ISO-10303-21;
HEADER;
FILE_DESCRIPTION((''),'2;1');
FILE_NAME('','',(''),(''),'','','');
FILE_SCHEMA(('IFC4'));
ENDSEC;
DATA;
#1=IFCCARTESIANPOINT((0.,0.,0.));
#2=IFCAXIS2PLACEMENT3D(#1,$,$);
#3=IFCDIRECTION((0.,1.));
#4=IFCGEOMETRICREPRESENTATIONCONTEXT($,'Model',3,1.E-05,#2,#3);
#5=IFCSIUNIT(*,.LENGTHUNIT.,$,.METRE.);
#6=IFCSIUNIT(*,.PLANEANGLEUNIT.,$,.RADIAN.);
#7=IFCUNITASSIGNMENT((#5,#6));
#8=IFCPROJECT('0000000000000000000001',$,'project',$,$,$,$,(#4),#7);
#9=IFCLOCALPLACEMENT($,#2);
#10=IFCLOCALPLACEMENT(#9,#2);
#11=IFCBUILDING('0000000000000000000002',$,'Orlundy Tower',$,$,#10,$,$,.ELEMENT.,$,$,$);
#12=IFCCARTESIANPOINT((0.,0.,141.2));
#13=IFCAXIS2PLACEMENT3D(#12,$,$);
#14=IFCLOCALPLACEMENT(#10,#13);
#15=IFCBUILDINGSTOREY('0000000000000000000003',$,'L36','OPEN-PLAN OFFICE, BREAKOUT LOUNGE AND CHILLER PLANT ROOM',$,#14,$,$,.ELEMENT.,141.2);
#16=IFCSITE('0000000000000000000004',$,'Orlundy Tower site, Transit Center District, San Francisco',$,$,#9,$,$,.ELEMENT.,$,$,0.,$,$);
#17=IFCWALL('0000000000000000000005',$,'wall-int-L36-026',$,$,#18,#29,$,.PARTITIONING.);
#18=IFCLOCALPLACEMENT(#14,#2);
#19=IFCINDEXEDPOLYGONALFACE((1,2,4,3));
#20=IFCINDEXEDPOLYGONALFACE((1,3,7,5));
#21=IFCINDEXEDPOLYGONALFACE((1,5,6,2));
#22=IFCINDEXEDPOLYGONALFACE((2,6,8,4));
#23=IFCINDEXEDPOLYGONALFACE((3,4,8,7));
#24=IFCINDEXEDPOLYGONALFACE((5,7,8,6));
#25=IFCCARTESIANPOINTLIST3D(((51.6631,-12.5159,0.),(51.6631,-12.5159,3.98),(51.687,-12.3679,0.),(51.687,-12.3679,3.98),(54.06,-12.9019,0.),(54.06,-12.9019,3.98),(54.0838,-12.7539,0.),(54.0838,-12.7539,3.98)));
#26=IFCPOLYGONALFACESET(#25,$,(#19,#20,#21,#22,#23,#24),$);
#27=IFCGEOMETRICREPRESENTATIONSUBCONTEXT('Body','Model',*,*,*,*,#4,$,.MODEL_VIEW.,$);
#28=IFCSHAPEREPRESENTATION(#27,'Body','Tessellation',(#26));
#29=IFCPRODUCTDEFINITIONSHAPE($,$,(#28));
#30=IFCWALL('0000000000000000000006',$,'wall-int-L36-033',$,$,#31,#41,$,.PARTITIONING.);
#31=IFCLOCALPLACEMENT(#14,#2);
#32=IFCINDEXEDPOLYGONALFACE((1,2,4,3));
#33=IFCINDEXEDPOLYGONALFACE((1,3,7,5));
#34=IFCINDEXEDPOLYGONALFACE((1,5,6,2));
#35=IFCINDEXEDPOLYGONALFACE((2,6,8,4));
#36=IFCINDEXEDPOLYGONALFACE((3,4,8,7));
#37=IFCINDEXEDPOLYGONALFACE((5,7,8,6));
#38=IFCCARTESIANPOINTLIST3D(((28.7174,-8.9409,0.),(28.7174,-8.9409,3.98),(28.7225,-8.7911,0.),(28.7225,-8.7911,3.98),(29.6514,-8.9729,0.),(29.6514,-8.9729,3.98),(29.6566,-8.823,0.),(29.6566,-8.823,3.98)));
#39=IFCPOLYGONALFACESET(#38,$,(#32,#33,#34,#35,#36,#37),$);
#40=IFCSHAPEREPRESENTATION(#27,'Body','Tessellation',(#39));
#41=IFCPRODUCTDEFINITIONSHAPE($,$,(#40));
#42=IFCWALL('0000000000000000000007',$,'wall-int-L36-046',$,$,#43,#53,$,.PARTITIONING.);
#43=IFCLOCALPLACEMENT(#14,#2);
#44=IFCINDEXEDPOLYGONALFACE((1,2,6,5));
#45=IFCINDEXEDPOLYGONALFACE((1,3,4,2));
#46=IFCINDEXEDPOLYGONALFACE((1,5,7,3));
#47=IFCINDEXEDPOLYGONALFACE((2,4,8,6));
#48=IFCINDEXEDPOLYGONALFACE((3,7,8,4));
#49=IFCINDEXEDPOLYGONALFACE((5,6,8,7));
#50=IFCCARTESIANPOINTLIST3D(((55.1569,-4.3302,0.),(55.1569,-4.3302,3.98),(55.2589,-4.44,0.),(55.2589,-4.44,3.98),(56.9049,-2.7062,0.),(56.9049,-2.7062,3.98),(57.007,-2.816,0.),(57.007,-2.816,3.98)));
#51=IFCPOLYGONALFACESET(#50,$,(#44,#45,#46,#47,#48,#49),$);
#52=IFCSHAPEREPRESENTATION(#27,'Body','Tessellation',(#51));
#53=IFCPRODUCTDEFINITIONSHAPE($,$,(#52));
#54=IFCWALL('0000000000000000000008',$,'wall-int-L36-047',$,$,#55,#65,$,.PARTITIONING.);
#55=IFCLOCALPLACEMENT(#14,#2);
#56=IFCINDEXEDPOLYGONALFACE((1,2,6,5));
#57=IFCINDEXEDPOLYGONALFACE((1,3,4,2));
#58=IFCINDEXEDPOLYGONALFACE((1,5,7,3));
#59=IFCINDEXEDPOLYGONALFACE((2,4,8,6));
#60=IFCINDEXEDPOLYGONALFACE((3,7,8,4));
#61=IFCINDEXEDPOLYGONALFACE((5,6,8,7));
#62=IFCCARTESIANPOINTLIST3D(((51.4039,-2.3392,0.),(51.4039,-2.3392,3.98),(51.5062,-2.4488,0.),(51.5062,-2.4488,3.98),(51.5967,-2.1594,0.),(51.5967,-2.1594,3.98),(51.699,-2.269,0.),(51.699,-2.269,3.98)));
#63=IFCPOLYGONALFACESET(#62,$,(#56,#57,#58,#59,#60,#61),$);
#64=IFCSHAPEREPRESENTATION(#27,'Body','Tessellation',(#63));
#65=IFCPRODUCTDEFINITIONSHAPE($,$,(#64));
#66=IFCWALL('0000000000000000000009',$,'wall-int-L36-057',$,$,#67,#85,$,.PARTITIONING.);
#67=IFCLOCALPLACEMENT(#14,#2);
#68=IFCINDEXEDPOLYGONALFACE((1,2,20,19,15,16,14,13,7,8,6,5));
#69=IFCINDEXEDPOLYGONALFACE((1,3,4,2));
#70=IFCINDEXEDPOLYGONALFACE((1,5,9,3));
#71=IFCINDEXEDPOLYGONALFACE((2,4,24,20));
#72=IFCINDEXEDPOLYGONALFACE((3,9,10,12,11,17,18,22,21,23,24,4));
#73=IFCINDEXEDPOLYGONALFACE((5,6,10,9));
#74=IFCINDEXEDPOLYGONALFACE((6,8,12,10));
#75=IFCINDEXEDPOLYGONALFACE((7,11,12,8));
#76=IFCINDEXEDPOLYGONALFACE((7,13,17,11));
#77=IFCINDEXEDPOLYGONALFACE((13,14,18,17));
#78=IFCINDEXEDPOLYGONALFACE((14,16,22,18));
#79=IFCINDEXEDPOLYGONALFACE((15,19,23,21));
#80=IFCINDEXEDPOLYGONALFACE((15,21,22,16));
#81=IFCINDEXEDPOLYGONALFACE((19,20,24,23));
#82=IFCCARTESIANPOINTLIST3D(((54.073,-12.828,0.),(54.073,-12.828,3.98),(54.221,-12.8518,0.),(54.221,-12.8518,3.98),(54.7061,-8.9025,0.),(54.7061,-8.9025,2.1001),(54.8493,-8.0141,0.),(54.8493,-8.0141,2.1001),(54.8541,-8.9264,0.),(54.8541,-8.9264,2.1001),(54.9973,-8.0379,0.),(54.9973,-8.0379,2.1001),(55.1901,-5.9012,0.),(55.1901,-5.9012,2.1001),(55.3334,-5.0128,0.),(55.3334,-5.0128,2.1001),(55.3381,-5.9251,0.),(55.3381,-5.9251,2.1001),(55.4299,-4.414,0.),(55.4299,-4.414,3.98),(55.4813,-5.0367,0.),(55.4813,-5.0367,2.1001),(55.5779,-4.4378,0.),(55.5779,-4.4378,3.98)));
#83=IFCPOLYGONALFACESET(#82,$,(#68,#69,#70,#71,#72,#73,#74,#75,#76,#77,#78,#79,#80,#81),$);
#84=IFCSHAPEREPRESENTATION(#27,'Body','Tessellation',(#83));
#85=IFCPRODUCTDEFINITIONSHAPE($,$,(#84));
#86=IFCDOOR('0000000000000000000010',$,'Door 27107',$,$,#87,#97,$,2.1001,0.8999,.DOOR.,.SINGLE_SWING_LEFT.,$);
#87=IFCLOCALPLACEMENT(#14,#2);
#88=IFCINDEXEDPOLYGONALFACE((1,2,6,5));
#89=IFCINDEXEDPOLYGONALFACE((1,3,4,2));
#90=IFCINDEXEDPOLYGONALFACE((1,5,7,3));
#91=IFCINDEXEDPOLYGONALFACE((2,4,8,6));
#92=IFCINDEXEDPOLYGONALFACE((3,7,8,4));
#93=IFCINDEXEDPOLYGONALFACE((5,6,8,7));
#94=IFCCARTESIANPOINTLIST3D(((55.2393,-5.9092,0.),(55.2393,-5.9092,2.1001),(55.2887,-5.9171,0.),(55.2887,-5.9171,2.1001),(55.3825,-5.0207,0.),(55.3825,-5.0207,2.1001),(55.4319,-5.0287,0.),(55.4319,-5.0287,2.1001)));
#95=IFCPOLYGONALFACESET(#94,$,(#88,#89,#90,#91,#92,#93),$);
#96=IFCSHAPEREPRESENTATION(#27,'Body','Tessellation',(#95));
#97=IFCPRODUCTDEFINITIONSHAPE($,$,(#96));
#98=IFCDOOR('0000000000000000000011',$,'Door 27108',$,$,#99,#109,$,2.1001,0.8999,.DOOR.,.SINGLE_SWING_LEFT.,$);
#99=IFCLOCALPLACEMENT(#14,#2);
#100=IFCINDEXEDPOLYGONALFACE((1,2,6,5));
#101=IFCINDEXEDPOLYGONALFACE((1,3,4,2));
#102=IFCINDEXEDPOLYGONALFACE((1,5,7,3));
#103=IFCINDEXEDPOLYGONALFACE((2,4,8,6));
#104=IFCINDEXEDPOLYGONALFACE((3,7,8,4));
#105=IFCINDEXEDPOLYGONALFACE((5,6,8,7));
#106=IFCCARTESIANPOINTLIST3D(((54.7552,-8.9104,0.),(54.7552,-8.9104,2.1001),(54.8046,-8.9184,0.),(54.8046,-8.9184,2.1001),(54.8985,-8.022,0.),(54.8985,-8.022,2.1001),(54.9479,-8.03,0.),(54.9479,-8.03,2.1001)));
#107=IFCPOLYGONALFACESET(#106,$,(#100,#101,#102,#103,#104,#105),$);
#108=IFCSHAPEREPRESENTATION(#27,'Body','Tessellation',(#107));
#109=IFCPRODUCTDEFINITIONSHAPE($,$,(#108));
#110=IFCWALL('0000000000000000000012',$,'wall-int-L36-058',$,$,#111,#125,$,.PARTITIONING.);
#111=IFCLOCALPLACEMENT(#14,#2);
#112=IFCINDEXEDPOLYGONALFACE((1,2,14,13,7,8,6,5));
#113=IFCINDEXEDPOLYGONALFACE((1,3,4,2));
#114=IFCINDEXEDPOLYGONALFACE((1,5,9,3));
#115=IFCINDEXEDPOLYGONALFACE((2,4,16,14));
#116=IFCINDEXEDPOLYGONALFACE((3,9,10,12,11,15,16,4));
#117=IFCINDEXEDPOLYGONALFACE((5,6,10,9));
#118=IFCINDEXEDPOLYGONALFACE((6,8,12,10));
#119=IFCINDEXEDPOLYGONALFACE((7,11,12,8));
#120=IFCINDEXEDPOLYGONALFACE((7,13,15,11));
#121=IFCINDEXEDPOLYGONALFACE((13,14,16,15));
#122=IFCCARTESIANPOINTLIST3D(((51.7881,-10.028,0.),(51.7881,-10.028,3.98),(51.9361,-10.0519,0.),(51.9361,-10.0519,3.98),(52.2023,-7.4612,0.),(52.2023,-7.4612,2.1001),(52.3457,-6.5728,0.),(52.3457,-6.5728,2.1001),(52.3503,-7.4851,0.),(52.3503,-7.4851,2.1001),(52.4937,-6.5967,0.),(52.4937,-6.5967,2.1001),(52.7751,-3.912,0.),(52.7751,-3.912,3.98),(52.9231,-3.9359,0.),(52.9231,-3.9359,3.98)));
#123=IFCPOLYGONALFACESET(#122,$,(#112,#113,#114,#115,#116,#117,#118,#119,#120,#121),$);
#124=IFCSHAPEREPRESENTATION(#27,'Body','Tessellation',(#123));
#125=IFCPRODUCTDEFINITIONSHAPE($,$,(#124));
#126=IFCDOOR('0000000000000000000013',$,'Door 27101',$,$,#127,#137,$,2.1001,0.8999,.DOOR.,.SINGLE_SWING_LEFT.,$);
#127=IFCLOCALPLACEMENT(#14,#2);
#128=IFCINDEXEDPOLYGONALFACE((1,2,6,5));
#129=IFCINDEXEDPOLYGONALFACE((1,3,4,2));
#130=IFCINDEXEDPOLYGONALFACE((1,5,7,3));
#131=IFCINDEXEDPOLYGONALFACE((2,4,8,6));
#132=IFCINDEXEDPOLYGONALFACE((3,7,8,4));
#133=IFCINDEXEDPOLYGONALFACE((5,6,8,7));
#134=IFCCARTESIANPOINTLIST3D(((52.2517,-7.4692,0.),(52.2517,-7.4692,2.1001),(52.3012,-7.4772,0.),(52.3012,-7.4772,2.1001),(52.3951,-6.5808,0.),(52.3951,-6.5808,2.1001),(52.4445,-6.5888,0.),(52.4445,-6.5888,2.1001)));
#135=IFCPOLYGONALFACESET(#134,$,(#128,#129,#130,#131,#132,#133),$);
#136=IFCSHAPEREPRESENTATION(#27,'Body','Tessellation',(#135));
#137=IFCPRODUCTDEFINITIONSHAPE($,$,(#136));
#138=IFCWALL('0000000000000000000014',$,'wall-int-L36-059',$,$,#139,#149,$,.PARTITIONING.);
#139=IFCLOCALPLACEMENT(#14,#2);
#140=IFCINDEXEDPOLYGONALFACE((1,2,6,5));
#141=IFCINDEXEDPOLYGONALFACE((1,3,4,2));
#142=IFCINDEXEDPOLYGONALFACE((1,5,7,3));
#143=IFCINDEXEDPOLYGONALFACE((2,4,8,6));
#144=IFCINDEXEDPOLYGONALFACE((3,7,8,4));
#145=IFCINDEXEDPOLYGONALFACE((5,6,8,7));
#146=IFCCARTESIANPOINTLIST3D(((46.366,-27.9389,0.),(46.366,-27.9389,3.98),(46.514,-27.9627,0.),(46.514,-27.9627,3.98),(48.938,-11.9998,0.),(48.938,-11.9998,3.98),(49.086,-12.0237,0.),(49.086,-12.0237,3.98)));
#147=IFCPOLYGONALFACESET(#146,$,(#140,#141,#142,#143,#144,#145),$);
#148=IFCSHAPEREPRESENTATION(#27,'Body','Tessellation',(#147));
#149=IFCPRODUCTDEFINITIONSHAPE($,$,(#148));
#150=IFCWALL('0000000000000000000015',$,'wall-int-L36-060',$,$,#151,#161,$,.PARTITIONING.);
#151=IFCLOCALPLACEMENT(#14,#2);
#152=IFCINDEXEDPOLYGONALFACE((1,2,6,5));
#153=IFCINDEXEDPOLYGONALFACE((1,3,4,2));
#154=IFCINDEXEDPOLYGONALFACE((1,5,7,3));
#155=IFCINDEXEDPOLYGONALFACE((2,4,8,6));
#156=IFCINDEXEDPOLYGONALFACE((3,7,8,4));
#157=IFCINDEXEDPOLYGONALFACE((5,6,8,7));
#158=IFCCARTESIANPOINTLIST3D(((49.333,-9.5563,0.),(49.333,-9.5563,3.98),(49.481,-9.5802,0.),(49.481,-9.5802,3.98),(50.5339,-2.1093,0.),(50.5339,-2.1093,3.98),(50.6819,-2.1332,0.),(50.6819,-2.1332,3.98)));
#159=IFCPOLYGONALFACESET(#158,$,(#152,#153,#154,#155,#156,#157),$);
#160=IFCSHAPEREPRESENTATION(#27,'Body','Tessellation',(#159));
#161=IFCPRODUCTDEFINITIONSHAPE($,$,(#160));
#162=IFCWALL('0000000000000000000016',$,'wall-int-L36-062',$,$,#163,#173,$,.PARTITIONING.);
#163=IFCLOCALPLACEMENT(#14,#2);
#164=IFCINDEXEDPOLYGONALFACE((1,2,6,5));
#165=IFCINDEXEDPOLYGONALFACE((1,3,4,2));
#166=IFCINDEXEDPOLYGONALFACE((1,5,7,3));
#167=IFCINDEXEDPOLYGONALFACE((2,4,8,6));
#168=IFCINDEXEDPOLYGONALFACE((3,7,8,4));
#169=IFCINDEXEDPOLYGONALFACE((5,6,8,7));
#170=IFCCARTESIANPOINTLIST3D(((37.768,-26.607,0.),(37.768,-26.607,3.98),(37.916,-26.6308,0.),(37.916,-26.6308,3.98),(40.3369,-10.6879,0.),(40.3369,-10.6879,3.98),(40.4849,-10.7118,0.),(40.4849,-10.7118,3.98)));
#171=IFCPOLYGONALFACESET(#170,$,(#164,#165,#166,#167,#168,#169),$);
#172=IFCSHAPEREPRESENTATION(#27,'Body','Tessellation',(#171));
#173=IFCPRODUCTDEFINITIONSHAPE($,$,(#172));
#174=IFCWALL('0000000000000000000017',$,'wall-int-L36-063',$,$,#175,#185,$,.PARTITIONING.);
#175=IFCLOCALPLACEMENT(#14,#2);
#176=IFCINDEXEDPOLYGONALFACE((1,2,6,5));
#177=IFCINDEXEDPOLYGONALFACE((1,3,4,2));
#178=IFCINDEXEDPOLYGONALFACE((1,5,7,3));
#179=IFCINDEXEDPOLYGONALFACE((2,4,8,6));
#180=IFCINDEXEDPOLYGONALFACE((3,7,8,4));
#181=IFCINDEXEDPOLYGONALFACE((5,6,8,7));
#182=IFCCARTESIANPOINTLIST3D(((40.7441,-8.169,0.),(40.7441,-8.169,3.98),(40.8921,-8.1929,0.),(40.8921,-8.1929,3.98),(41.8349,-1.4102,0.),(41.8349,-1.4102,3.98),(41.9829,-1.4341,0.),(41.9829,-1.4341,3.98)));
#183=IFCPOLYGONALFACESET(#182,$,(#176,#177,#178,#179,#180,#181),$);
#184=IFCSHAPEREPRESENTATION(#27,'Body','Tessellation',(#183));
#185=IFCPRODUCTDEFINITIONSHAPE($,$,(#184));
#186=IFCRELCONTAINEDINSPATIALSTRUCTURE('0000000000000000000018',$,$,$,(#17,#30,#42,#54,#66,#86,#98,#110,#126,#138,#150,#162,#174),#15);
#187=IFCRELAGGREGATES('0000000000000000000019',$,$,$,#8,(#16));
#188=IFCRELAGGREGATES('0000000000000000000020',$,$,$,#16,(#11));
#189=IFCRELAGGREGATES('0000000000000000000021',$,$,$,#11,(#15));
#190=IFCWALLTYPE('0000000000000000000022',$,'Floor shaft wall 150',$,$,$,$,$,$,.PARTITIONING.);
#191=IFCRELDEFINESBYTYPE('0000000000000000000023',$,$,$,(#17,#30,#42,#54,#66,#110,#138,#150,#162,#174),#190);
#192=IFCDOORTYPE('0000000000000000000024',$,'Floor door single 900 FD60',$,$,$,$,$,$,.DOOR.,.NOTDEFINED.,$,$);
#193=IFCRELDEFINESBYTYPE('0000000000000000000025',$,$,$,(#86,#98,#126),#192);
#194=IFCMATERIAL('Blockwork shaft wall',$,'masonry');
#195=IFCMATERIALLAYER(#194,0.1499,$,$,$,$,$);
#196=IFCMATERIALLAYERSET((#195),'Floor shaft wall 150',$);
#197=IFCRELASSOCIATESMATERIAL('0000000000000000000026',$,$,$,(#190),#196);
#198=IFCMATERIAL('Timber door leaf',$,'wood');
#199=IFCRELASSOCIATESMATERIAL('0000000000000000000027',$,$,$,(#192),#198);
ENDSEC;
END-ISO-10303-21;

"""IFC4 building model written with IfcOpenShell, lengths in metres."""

from ifc_helpers import new_model, si_unit, direction, frame, frame_2d, origin, place, context, subcontext, project, spatial, rectangle, extrude, material, layer, layer_set, type_object, element, fill, save


model = new_model("IFC4")

# Units and contexts
model_context = context("Model", 3, precision=1e-05, world=origin(), true_north=direction((0.0, 1.0)))
body_context = subcontext(model_context, "Body", "Model", "MODEL_VIEW")
ifc_project = project(units=[si_unit("LENGTHUNIT", "METRE"), si_unit("PLANEANGLEUNIT", "RADIAN")], contexts=[model_context])

# Site, building, storey
site_placement = place(None, origin())
site = spatial("IfcSite", under=ifc_project, at=site_placement, Name="Orlundy Tower site, Transit Center District, San Francisco", CompositionType="ELEMENT", RefElevation=0.0)
building_placement = place(site_placement, origin())
building = spatial("IfcBuilding", under=site, at=building_placement, Name="Orlundy Tower", CompositionType="ELEMENT")
storey_placement = place(building_placement, frame((0.0, 0.0, 141.2)))
storey = spatial("IfcBuildingStorey", under=building, at=storey_placement, Name="L36", Description="OPEN-PLAN OFFICE, BREAKOUT LOUNGE AND CHILLER PLANT ROOM", CompositionType="ELEMENT", Elevation=141.2)

# Shared definitions
ifc_material_1 = material(Name="Blockwork shaft wall", Category="masonry")
ifc_layer = layer(ifc_material_1, 0.1499)
ifc_layer_set = layer_set([ifc_layer], Name="Floor shaft wall 150")
wall_type = type_object("IfcWallType", Name="Floor shaft wall 150", PredefinedType="PARTITIONING", material=ifc_layer_set)

# Shared definitions
ifc_material_2 = material(Name="Timber door leaf", Category="wood")
door_type = type_object("IfcDoorType", Name="Floor door single 900 FD60", OperationType="NOTDEFINED", PredefinedType="DOOR", material=ifc_material_2)

# Walls
wall_1_placement = place(storey_placement, frame((51.675, -12.4419, 0.0), z_axis=(0.0, 0.0, 1.0), x_axis=(0.987281, -0.158983, 0.0)))
element("IfcWall", 1, at=wall_1_placement, inside=storey, type_object=wall_type, Name="wall-int-L36-026", PredefinedType="PARTITIONING", context=body_context, shape_type="SweptSolid", body=[
    extrude(rectangle(XDim=2.4277, YDim=0.1499, at=frame_2d((1.2139, 0.0))), origin(), (0.0, 0.0, 1.0), 3.98),
])
wall_2_placement = place(storey_placement, frame((28.72, -8.866, 0.0), z_axis=(0.0, 0.0, 1.0), x_axis=(0.999414, -0.034219, 0.0)))
element("IfcWall", 2, at=wall_2_placement, inside=storey, type_object=wall_type, Name="wall-int-L36-033", PredefinedType="PARTITIONING", context=body_context, shape_type="SweptSolid", body=[
    extrude(rectangle(XDim=0.9346, YDim=0.1499, at=frame_2d((0.4673, 0.0))), origin(), (0.0, 0.0, 1.0), 3.98),
])
wall_3_placement = place(storey_placement, frame((55.208, -4.385, 0.0), z_axis=(0.0, 0.0, 1.0), x_axis=(0.732619, 0.680639, 0.0)))
element("IfcWall", 3, at=wall_3_placement, inside=storey, type_object=wall_type, Name="wall-int-L36-046", PredefinedType="PARTITIONING", context=body_context, shape_type="SweptSolid", body=[
    extrude(rectangle(XDim=2.386, YDim=0.1499, at=frame_2d((1.1929, 0.0))), origin(), (0.0, 0.0, 1.0), 3.98),
])
wall_4_placement = place(storey_placement, frame((51.4551, -2.394, 0.0), z_axis=(0.0, 0.0, 1.0), x_axis=(0.731209, 0.682153, 0.0)))
element("IfcWall", 4, at=wall_4_placement, inside=storey, type_object=wall_type, Name="wall-int-L36-047", PredefinedType="PARTITIONING", context=body_context, shape_type="SweptSolid", body=[
    extrude(rectangle(XDim=0.2637, YDim=0.1499, at=frame_2d((0.1318, 0.0))), origin(), (0.0, 0.0, 1.0), 3.98),
])

# Wall, openings, doors
wall_5_placement = place(storey_placement, frame((55.5039, -4.426, 0.0), z_axis=(0.0, 0.0, 1.0), x_axis=(-0.159213, -0.987244, 0.0)))
wall_5 = element("IfcWall", 5, at=wall_5_placement, inside=storey, type_object=wall_type, Name="wall-int-L36-057", PredefinedType="PARTITIONING", context=body_context, shape_type="SweptSolid", body=[
    extrude(rectangle(XDim=8.5227, YDim=0.1499, at=frame_2d((4.2612, 0.0))), origin(), (0.0, 0.0, 1.0), 3.98),
])
opening_1_placement = place(wall_5_placement, frame((0.6064, 0.0, 0.0)))
opening_1 = element("IfcOpeningElement", 6, at=opening_1_placement, cuts=wall_5, PredefinedType="OPENING", context=body_context, shape_type="SweptSolid", body=[
    extrude(rectangle(XDim=0.8999, YDim=2.1001, at=frame_2d((0.45, 1.05))), frame((0.0, 0.085, 0.0), z_axis=(0.0, -1.0, 0.0), x_axis=(1.0, 0.0, 0.0)), (0.0, 0.0, 1.0), 0.1699),
])
opening_2_placement = place(wall_5_placement, frame((3.6465, 0.0, 0.0)))
opening_2 = element("IfcOpeningElement", 7, at=opening_2_placement, cuts=wall_5, PredefinedType="OPENING", context=body_context, shape_type="SweptSolid", body=[
    extrude(rectangle(XDim=0.8999, YDim=2.1001, at=frame_2d((0.45, 1.05))), frame((0.0, 0.085, 0.0), z_axis=(0.0, -1.0, 0.0), x_axis=(1.0, 0.0, 0.0)), (0.0, 0.0, 1.0), 0.1699),
])
door_1_placement = place(opening_1_placement, origin())
door_1 = element("IfcDoor", 8, at=door_1_placement, inside=storey, type_object=door_type, Name="Door 27107", OperationType="SINGLE_SWING_LEFT", OverallHeight=2.1001, OverallWidth=0.8999, PredefinedType="DOOR", context=body_context, shape_type="SweptSolid", body=[
    extrude(rectangle(XDim=0.8999, YDim=2.1001, at=frame_2d((0.45, 1.05))), frame((0.0, 0.0249, 0.0), z_axis=(0.0, -1.0, 0.0), x_axis=(1.0, 0.0, 0.0)), (0.0, 0.0, 1.0), 0.05),
])
fill(opening_1, door_1)
door_2_placement = place(opening_2_placement, origin())
door_2 = element("IfcDoor", 9, at=door_2_placement, inside=storey, type_object=door_type, Name="Door 27108", OperationType="SINGLE_SWING_LEFT", OverallHeight=2.1001, OverallWidth=0.8999, PredefinedType="DOOR", context=body_context, shape_type="SweptSolid", body=[
    extrude(rectangle(XDim=0.8999, YDim=2.1001, at=frame_2d((0.45, 1.05))), frame((0.0, 0.0249, 0.0), z_axis=(0.0, -1.0, 0.0), x_axis=(1.0, 0.0, 0.0)), (0.0, 0.0, 1.0), 0.05),
])
fill(opening_2, door_2)

# Wall, opening, door
wall_6_placement = place(storey_placement, frame((51.8621, -10.04, 0.0), z_axis=(0.0, 0.0, 1.0), x_axis=(0.159329, 0.987226, 0.0)))
wall_6 = element("IfcWall", 10, at=wall_6_placement, inside=storey, type_object=wall_type, Name="wall-int-L36-058", PredefinedType="PARTITIONING", context=body_context, shape_type="SweptSolid", body=[
    extrude(rectangle(XDim=6.1951, YDim=0.1499, at=frame_2d((3.0977, 0.0))), origin(), (0.0, 0.0, 1.0), 3.98),
])
opening_3_placement = place(wall_6_placement, frame((2.6001, 0.0, 0.0)))
opening_3 = element("IfcOpeningElement", 11, at=opening_3_placement, cuts=wall_6, PredefinedType="OPENING", context=body_context, shape_type="SweptSolid", body=[
    extrude(rectangle(XDim=0.8999, YDim=2.1001, at=frame_2d((0.45, 1.05))), frame((0.0, 0.085, 0.0), z_axis=(0.0, -1.0, 0.0), x_axis=(1.0, 0.0, 0.0)), (0.0, 0.0, 1.0), 0.1699),
])
door_3_placement = place(opening_3_placement, origin())
door_3 = element("IfcDoor", 12, at=door_3_placement, inside=storey, type_object=door_type, Name="Door 27101", OperationType="SINGLE_SWING_LEFT", OverallHeight=2.1001, OverallWidth=0.8999, PredefinedType="DOOR", context=body_context, shape_type="SweptSolid", body=[
    extrude(rectangle(XDim=0.8999, YDim=2.1001, at=frame_2d((0.45, 1.05))), frame((0.0, 0.0249, 0.0), z_axis=(0.0, -1.0, 0.0), x_axis=(1.0, 0.0, 0.0)), (0.0, 0.0, 1.0), 0.05),
])
fill(opening_3, door_3)

# Walls
wall_7_placement = place(storey_placement, frame((46.4399, -27.9509, 0.0), z_axis=(0.0, 0.0, 1.0), x_axis=(0.159306, 0.987229, 0.0)))
element("IfcWall", 13, at=wall_7_placement, inside=storey, type_object=wall_type, Name="wall-int-L36-059", PredefinedType="PARTITIONING", context=body_context, shape_type="SweptSolid", body=[
    extrude(rectangle(XDim=16.1453, YDim=0.1499, at=frame_2d((8.0728, 0.0))), origin(), (0.0, 0.0, 1.0), 3.98),
])
wall_8_placement = place(storey_placement, frame((49.407, -9.5681, 0.0), z_axis=(0.0, 0.0, 1.0), x_axis=(0.159206, 0.987245, 0.0)))
element("IfcWall", 14, at=wall_8_placement, inside=storey, type_object=wall_type, Name="wall-int-L36-060", PredefinedType="PARTITIONING", context=body_context, shape_type="SweptSolid", body=[
    extrude(rectangle(XDim=7.5432, YDim=0.1499, at=frame_2d((3.7715, 0.0))), origin(), (0.0, 0.0, 1.0), 3.98),
])
wall_9_placement = place(storey_placement, frame((37.842, -26.6189, 0.0), z_axis=(0.0, 0.0, 1.0), x_axis=(0.15931, 0.987229, 0.0)))
element("IfcWall", 15, at=wall_9_placement, inside=storey, type_object=wall_type, Name="wall-int-L36-062", PredefinedType="PARTITIONING", context=body_context, shape_type="SweptSolid", body=[
    extrude(rectangle(XDim=16.125, YDim=0.1499, at=frame_2d((8.0625, 0.0))), origin(), (0.0, 0.0, 1.0), 3.98),
])
wall_10_placement = place(storey_placement, frame((40.8181, -8.1809, 0.0), z_axis=(0.0, 0.0, 1.0), x_axis=(0.159331, 0.987225, 0.0)))
element("IfcWall", 16, at=wall_10_placement, inside=storey, type_object=wall_type, Name="wall-int-L36-063", PredefinedType="PARTITIONING", context=body_context, shape_type="SweptSolid", body=[
    extrude(rectangle(XDim=6.8462, YDim=0.1499, at=frame_2d((3.4231, 0.0))), origin(), (0.0, 0.0, 1.0), 3.98),
])

save(model, "model.ifc")
